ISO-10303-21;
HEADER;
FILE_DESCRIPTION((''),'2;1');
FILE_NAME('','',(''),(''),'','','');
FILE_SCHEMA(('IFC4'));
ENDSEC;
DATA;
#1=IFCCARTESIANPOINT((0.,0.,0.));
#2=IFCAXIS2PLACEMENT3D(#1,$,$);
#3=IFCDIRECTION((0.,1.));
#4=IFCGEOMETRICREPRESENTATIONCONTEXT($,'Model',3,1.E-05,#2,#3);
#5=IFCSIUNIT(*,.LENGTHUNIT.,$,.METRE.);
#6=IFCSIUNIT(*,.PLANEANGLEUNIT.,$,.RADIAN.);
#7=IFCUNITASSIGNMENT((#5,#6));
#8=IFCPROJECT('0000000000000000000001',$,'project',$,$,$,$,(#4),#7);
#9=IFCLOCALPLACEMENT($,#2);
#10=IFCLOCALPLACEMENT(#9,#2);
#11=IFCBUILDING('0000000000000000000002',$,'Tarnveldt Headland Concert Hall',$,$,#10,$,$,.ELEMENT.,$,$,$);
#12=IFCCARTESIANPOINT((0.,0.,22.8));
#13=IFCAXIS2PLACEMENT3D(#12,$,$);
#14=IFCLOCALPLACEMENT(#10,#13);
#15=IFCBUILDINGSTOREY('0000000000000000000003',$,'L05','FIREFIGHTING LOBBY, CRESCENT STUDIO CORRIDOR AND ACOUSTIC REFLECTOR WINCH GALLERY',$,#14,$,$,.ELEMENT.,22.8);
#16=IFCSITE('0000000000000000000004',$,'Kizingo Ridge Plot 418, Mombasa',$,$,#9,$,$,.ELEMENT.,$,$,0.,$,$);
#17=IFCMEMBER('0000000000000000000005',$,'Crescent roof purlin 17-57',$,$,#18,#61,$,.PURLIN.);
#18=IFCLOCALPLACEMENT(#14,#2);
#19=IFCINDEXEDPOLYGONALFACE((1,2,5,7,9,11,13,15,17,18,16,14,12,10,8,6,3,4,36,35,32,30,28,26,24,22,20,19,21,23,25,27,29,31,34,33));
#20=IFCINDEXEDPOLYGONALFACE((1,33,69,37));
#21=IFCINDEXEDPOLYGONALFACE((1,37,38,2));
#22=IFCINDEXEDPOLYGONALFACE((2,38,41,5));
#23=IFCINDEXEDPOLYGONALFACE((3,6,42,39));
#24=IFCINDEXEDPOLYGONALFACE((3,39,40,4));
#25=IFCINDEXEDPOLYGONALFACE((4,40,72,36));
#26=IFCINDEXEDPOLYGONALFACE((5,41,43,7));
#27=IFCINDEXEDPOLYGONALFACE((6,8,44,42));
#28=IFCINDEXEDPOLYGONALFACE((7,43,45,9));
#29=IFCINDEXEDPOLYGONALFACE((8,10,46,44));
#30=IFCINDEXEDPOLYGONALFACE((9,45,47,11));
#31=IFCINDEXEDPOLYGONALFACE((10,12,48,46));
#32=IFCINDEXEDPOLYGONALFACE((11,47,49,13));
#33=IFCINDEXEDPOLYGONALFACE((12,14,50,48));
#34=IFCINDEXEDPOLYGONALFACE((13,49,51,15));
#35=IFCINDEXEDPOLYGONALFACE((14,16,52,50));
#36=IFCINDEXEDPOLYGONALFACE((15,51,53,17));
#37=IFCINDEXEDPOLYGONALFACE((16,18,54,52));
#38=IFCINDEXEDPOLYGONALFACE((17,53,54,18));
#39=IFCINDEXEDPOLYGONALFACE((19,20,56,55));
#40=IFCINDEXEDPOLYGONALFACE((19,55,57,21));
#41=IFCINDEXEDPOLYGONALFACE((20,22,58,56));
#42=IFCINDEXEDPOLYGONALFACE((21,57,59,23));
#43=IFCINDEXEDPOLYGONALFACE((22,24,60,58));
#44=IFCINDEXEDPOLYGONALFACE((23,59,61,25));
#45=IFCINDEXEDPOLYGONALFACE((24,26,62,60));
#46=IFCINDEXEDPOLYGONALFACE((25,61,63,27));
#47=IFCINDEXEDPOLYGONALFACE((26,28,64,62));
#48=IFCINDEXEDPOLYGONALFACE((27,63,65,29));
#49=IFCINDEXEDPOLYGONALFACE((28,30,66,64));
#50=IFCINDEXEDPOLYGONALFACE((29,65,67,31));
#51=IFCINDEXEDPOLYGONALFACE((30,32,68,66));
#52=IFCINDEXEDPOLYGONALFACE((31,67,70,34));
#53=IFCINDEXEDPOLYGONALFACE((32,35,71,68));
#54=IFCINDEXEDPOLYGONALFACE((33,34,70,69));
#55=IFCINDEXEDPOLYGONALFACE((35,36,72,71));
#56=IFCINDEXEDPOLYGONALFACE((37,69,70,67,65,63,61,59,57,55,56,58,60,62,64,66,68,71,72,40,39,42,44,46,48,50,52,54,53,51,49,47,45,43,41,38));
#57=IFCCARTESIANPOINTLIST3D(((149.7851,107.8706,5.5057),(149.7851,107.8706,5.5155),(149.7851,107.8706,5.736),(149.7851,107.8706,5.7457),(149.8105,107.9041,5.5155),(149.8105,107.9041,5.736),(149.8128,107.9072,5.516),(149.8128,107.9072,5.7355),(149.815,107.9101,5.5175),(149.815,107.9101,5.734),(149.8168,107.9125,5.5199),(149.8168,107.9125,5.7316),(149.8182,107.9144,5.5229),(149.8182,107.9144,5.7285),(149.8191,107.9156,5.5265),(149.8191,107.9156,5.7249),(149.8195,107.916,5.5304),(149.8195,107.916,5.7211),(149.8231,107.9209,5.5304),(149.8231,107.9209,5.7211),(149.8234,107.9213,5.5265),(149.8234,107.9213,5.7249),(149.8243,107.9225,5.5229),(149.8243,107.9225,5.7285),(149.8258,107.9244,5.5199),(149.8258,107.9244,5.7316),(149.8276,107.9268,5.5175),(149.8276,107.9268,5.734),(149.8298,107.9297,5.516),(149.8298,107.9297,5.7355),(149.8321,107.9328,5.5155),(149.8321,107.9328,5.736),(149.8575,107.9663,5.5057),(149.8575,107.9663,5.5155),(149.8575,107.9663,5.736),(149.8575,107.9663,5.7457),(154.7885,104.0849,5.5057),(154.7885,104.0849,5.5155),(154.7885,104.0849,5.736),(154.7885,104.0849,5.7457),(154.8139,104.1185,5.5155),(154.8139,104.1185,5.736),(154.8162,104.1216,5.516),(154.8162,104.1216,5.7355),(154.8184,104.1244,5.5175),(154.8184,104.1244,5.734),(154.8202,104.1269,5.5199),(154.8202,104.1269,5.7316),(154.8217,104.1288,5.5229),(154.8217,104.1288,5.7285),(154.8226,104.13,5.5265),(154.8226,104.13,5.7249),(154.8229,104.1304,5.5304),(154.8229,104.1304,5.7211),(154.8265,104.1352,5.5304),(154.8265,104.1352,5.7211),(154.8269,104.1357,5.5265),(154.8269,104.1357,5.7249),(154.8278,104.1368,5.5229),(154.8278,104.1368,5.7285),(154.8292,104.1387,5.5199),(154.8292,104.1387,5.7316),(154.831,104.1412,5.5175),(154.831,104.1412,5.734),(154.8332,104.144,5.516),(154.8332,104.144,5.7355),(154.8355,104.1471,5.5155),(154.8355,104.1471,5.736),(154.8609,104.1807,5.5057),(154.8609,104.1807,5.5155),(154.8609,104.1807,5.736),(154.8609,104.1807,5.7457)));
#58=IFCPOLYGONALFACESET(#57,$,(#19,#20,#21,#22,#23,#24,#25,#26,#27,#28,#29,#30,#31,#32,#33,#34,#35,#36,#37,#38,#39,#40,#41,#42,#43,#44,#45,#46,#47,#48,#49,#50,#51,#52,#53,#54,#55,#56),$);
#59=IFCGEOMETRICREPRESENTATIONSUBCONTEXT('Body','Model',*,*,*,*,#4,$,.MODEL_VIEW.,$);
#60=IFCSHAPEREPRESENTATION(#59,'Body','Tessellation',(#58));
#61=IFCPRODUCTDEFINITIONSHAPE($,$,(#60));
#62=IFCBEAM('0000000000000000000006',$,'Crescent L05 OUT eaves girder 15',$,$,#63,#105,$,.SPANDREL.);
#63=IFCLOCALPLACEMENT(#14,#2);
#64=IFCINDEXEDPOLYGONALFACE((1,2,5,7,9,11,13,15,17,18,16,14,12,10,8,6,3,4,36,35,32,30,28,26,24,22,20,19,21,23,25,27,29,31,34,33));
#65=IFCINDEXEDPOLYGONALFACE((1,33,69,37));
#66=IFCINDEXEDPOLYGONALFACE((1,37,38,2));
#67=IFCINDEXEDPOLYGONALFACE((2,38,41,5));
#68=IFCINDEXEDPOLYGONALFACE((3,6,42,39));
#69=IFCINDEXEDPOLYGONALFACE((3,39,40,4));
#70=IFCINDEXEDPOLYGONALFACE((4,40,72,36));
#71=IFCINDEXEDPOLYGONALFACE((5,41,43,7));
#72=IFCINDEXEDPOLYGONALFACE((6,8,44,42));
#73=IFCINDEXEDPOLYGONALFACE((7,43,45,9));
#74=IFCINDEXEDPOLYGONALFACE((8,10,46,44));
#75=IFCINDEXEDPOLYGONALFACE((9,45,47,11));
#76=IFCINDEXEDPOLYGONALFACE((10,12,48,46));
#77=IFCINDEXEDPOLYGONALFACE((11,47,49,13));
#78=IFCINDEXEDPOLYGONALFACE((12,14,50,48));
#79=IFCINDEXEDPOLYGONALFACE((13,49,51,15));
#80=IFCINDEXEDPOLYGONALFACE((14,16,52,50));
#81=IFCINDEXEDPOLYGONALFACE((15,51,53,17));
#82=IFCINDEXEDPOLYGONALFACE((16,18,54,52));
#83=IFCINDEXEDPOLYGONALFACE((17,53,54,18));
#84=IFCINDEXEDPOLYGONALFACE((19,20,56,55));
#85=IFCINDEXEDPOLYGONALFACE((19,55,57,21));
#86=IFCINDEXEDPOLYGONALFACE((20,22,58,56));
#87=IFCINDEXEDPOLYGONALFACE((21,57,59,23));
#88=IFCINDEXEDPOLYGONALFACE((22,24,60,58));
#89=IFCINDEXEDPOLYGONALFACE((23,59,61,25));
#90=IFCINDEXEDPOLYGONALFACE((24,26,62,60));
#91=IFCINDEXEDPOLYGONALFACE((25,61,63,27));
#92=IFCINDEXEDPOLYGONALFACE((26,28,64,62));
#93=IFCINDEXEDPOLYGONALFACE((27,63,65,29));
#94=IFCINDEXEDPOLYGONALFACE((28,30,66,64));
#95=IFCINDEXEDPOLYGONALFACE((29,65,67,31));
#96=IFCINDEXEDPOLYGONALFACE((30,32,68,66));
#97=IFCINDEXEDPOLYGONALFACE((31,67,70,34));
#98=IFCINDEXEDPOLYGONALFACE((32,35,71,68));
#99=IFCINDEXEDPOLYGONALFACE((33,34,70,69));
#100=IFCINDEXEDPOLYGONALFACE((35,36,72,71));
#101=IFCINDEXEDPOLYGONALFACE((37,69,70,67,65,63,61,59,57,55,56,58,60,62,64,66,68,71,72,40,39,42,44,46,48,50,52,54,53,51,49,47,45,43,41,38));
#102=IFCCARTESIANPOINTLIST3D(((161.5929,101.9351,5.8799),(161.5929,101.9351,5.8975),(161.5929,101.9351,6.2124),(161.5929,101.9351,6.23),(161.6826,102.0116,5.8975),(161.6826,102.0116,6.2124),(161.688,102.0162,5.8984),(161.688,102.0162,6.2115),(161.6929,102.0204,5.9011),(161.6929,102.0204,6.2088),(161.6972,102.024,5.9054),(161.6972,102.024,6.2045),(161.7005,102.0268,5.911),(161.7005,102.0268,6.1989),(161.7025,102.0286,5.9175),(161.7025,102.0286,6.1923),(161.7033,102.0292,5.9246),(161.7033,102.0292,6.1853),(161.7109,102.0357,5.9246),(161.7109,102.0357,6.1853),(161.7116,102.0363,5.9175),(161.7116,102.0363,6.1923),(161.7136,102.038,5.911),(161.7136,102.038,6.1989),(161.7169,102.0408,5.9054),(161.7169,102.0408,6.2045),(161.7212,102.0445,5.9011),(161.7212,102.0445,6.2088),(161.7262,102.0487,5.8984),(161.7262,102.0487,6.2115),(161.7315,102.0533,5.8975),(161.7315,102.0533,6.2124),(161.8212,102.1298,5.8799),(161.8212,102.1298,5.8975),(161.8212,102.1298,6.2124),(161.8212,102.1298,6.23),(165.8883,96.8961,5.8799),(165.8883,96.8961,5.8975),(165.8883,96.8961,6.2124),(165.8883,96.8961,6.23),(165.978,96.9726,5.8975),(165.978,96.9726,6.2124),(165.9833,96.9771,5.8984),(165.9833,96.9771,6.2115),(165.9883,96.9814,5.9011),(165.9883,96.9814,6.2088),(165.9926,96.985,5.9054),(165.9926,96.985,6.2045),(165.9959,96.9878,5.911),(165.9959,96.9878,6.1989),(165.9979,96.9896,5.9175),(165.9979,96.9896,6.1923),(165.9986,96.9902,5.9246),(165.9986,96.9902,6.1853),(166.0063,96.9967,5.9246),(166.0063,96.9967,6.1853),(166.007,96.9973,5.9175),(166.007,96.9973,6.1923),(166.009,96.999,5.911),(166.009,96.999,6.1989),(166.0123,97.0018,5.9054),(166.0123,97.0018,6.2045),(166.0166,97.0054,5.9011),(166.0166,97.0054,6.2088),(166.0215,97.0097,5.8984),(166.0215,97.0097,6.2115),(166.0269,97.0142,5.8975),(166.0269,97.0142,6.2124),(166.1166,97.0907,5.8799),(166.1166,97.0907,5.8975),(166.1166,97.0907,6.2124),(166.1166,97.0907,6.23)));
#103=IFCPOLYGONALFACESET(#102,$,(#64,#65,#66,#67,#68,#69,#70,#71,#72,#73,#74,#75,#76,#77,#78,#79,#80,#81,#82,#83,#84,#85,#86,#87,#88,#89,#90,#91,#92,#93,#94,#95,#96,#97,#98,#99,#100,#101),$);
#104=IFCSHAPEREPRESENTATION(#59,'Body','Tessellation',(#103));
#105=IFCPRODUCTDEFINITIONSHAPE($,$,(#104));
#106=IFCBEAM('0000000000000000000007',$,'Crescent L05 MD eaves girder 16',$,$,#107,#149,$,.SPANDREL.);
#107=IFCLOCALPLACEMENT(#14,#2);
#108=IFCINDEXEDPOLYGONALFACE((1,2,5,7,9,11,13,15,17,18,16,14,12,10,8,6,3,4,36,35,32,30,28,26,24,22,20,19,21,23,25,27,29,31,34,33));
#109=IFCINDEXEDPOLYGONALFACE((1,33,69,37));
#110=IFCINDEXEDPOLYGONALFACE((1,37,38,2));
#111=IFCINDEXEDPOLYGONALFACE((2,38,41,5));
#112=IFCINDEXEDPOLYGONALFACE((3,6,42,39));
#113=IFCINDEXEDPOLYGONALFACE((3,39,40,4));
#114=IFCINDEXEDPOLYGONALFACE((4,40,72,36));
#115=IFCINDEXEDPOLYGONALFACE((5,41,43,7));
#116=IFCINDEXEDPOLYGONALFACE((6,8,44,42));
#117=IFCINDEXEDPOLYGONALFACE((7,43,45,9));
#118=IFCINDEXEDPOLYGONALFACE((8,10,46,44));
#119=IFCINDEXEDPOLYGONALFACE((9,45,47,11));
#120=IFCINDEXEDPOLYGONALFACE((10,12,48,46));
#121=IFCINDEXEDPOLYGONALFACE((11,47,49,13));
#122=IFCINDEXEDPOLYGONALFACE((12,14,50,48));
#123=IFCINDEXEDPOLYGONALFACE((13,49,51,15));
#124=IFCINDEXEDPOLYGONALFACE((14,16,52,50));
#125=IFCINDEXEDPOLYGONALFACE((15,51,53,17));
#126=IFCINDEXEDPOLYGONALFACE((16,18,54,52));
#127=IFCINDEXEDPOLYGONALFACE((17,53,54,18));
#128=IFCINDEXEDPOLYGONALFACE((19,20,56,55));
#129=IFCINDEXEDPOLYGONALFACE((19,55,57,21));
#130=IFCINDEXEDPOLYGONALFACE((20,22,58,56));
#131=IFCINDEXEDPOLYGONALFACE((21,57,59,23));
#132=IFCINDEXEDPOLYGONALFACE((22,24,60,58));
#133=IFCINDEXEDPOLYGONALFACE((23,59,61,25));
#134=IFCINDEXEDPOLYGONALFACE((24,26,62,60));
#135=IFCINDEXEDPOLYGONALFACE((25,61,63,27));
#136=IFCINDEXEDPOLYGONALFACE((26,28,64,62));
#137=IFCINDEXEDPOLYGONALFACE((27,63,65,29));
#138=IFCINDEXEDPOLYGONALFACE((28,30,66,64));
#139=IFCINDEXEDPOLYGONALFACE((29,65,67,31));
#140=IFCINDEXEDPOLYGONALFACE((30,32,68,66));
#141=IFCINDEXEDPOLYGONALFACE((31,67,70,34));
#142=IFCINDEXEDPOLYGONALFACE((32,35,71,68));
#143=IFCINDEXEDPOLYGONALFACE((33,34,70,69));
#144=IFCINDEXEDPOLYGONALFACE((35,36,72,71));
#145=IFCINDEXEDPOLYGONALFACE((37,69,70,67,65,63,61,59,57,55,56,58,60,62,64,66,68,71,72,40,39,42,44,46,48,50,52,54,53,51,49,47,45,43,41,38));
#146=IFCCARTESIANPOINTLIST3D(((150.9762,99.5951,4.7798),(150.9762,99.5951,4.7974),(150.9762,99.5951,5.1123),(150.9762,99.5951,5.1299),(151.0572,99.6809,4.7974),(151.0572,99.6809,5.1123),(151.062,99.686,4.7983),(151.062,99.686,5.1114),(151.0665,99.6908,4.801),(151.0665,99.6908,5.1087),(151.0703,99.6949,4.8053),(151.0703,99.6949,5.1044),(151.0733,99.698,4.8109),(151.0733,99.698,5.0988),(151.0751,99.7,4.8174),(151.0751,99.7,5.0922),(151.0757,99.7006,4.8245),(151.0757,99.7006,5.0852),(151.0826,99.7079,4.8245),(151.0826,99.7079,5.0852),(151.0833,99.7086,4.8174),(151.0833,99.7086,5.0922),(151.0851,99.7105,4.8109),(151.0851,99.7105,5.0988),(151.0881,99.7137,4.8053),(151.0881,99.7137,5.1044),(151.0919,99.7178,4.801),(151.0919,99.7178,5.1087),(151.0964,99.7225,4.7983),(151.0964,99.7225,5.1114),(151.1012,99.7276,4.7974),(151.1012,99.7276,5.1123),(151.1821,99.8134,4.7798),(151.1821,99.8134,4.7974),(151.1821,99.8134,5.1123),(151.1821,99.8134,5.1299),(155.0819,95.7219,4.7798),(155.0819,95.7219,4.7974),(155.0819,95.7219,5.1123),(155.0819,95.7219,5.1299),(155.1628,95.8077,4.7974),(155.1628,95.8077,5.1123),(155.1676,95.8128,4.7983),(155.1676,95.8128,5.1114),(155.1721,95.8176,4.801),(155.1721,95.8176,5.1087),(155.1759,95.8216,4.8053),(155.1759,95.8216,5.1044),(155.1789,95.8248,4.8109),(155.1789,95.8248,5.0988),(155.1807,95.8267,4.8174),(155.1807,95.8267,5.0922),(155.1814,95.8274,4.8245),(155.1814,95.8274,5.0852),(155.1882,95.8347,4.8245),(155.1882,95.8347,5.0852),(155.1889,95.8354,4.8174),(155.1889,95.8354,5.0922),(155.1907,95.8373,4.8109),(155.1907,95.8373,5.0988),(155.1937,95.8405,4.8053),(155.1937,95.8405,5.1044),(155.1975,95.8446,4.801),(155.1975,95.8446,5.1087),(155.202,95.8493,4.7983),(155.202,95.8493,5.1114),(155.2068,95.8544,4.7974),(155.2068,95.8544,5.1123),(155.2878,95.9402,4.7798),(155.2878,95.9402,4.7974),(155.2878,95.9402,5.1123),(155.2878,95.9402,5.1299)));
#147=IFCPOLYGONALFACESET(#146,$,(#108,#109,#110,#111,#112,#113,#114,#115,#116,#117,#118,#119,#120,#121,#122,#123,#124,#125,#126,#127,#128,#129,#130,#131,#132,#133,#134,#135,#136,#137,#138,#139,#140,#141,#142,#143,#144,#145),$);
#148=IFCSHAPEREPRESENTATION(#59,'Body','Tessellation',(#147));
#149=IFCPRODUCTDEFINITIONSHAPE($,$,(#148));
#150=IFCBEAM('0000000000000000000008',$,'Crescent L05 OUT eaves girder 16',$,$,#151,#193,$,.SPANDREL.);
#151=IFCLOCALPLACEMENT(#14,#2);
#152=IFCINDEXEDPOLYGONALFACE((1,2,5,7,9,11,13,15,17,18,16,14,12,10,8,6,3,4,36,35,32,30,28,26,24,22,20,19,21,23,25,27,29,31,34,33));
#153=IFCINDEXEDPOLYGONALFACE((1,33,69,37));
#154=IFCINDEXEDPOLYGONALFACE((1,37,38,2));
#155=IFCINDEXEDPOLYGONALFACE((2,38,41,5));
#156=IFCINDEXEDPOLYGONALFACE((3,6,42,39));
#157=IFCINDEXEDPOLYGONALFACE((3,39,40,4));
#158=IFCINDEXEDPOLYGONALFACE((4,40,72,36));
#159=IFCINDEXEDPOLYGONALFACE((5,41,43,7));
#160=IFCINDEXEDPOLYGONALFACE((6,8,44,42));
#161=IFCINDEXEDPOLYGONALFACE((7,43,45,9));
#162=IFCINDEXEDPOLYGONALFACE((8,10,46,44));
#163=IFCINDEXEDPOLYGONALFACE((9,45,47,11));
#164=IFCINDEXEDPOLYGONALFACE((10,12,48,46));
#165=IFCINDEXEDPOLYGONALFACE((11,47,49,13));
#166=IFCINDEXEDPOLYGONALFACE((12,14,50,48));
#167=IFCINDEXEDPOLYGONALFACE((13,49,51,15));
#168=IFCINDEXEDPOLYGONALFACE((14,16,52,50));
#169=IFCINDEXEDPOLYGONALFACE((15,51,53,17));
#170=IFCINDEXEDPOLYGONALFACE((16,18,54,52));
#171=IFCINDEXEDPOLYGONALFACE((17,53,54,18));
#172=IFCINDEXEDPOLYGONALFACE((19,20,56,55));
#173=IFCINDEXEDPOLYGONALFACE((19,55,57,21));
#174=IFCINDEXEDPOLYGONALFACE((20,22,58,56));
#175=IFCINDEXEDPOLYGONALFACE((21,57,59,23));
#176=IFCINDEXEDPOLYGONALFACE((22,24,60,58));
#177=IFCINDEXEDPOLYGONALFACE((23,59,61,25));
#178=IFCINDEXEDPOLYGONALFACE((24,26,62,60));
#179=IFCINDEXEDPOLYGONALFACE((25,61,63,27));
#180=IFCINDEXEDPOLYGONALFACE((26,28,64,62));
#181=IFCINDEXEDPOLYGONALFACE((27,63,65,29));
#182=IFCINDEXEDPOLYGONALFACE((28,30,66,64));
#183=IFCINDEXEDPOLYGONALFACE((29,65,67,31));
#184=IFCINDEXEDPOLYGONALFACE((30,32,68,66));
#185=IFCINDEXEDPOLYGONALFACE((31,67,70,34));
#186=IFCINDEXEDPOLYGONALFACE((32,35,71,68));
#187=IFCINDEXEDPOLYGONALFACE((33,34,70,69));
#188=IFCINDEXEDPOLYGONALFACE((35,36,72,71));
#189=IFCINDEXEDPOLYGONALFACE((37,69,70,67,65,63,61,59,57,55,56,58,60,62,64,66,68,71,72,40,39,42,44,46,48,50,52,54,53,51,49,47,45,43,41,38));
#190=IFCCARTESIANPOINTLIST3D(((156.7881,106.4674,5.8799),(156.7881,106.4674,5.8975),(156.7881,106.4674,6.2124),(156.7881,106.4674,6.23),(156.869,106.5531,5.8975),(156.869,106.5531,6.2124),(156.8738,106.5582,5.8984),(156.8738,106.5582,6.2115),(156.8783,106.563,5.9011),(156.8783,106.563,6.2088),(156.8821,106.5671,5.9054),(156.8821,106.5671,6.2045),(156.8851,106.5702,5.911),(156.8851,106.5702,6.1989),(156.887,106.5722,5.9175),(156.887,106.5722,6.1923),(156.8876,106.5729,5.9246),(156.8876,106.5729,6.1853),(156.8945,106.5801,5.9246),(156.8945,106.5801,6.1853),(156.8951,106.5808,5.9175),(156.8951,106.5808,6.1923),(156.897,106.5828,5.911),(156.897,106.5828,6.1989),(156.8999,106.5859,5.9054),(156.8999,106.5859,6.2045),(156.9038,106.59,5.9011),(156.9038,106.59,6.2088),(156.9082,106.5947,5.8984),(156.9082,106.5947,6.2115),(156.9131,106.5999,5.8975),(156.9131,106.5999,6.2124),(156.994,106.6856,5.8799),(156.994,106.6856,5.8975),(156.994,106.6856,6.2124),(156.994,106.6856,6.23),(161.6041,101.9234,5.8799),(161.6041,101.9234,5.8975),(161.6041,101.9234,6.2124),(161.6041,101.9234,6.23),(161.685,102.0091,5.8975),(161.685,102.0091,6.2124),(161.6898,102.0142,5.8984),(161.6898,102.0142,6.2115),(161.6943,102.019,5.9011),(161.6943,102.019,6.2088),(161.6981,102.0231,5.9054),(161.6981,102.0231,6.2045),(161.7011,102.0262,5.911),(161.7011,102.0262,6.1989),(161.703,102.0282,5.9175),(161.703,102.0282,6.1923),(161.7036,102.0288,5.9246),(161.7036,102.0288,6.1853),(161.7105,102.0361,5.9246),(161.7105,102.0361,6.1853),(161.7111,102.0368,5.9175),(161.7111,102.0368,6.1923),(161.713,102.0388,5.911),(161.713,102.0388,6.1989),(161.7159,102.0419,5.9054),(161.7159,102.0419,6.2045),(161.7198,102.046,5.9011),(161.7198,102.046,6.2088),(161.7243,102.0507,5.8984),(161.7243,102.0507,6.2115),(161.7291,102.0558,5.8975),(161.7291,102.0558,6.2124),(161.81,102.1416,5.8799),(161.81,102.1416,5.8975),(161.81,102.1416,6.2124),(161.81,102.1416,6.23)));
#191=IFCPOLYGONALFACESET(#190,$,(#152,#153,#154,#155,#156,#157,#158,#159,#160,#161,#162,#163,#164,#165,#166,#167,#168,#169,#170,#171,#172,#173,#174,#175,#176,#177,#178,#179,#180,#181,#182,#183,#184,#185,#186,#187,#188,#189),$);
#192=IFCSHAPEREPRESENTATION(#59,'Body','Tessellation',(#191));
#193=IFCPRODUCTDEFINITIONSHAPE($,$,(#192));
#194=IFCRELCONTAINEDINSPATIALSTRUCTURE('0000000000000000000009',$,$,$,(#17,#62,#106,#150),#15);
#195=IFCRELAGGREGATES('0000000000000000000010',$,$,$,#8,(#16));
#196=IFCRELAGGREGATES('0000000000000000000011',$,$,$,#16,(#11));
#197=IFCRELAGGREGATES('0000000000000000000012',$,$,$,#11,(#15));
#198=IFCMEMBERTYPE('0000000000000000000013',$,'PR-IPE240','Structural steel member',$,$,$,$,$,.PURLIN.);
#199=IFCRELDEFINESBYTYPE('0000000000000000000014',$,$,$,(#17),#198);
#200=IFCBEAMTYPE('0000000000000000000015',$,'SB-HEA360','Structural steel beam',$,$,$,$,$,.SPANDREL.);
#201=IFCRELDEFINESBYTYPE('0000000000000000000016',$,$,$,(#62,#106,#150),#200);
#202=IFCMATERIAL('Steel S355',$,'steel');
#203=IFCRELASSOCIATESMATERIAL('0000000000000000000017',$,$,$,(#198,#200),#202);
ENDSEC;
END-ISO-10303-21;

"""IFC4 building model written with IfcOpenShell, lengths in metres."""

from ifc_helpers import new_model, si_unit, direction, frame, origin, origin_2d, place, context, subcontext, project, spatial, i_section, extrude, material, material_profile, profile_set, type_object, element, save


model = new_model("IFC4")

# Units and contexts
model_context = context("Model", 3, precision=1e-05, world=origin(), true_north=direction((0.0, 1.0)))
body_context = subcontext(model_context, "Body", "Model", "MODEL_VIEW")
ifc_project = project(units=[si_unit("LENGTHUNIT", "METRE"), si_unit("PLANEANGLEUNIT", "RADIAN")], contexts=[model_context])

# Site, building, storey
site_placement = place(None, origin())
site = spatial("IfcSite", under=ifc_project, at=site_placement, Name="Kizingo Ridge Plot 418, Mombasa", CompositionType="ELEMENT", RefElevation=0.0)
building_placement = place(site_placement, origin())
building = spatial("IfcBuilding", under=site, at=building_placement, Name="Tarnveldt Headland Concert Hall", CompositionType="ELEMENT")
storey_placement = place(building_placement, frame((0.0, 0.0, 22.8)))
storey = spatial("IfcBuildingStorey", under=building, at=storey_placement, Name="L05", Description="FIREFIGHTING LOBBY, CRESCENT STUDIO CORRIDOR AND ACOUSTIC REFLECTOR WINCH GALLERY", CompositionType="ELEMENT", Elevation=22.8)

# Shared definitions
ifc_material_1 = material(Name="Steel S355", Category="steel")

# Member
ifc_material_profile_1 = material_profile(ifc_material_1, i_section(OverallWidth=0.1201, OverallDepth=0.24, WebThickness=0.0061, FlangeThickness=0.0098, FilletRadius=0.0149, at=origin_2d()), Name="IPE240", Category="steel")
ifc_profile_set_1 = profile_set([ifc_material_profile_1], Name="Steel S355")
member_type = type_object("IfcMemberType", Name="PR-IPE240", Description="Structural steel member", PredefinedType="PURLIN", material=ifc_profile_set_1)
member_1_placement = place(storey_placement, frame((154.8247, 104.1328, 5.6257), z_axis=(-0.797462, 0.603369, 0.0), x_axis=(-0.603369, -0.797462, 0.0)))
element("IfcMember", 1, at=member_1_placement, inside=storey, type_object=member_type, Name="Crescent roof purlin 17-57", PredefinedType="PURLIN", context=body_context, shape_type="SweptSolid", body=[
    extrude(i_section(OverallWidth=0.1201, OverallDepth=0.24, WebThickness=0.0061, FlangeThickness=0.0098, FilletRadius=0.0149, at=origin_2d()), origin(), (0.0, 0.0, 1.0), 6.2742),
])

# Beams
ifc_material_profile_2 = material_profile(ifc_material_1, i_section(OverallWidth=0.3, OverallDepth=0.3501, WebThickness=0.01, FlangeThickness=0.0176, FilletRadius=0.0271, at=origin_2d()), Name="HEA360", Category="steel")
ifc_profile_set_2 = profile_set([ifc_material_profile_2], Name="Steel S355")
beam_type = type_object("IfcBeamType", Name="SB-HEA360", Description="Structural steel beam", PredefinedType="SPANDREL", material=ifc_profile_set_2)
beam_1_placement = place(storey_placement, frame((166.0024, 96.9934, 6.0549), z_axis=(-0.648718, 0.761029, 0.0), x_axis=(-0.761029, -0.648718, 0.0)))
element("IfcBeam", 2, at=beam_1_placement, inside=storey, type_object=beam_type, Name="Crescent L05 OUT eaves girder 15", PredefinedType="SPANDREL", context=body_context, shape_type="SweptSolid", body=[
    extrude(i_section(OverallWidth=0.3, OverallDepth=0.3501, WebThickness=0.01, FlangeThickness=0.0176, FilletRadius=0.0271, at=origin_2d()), origin(), (0.0, 0.0, 1.0), 6.6213),
])
beam_2_placement = place(storey_placement, frame((155.1848, 95.8311, 4.9548), z_axis=(-0.727396, 0.686218, 0.0), x_axis=(-0.686218, -0.727396, 0.0)))
element("IfcBeam", 3, at=beam_2_placement, inside=storey, type_object=beam_type, Name="Crescent L05 MD eaves girder 16", PredefinedType="SPANDREL", context=body_context, shape_type="SweptSolid", body=[
    extrude(i_section(OverallWidth=0.3, OverallDepth=0.3501, WebThickness=0.01, FlangeThickness=0.0176, FilletRadius=0.0271, at=origin_2d()), origin(), (0.0, 0.0, 1.0), 5.6443),
])
beam_3_placement = place(storey_placement, frame((161.707, 102.0325, 6.0549), z_axis=(-0.727346, 0.68627, 0.0), x_axis=(-0.68627, -0.727346, 0.0)))
element("IfcBeam", 4, at=beam_3_placement, inside=storey, type_object=beam_type, Name="Crescent L05 OUT eaves girder 16", PredefinedType="SPANDREL", context=body_context, shape_type="SweptSolid", body=[
    extrude(i_section(OverallWidth=0.3, OverallDepth=0.3501, WebThickness=0.01, FlangeThickness=0.0176, FilletRadius=0.0271, at=origin_2d()), origin(), (0.0, 0.0, 1.0), 6.6213),
])

save(model, "model.ifc")
